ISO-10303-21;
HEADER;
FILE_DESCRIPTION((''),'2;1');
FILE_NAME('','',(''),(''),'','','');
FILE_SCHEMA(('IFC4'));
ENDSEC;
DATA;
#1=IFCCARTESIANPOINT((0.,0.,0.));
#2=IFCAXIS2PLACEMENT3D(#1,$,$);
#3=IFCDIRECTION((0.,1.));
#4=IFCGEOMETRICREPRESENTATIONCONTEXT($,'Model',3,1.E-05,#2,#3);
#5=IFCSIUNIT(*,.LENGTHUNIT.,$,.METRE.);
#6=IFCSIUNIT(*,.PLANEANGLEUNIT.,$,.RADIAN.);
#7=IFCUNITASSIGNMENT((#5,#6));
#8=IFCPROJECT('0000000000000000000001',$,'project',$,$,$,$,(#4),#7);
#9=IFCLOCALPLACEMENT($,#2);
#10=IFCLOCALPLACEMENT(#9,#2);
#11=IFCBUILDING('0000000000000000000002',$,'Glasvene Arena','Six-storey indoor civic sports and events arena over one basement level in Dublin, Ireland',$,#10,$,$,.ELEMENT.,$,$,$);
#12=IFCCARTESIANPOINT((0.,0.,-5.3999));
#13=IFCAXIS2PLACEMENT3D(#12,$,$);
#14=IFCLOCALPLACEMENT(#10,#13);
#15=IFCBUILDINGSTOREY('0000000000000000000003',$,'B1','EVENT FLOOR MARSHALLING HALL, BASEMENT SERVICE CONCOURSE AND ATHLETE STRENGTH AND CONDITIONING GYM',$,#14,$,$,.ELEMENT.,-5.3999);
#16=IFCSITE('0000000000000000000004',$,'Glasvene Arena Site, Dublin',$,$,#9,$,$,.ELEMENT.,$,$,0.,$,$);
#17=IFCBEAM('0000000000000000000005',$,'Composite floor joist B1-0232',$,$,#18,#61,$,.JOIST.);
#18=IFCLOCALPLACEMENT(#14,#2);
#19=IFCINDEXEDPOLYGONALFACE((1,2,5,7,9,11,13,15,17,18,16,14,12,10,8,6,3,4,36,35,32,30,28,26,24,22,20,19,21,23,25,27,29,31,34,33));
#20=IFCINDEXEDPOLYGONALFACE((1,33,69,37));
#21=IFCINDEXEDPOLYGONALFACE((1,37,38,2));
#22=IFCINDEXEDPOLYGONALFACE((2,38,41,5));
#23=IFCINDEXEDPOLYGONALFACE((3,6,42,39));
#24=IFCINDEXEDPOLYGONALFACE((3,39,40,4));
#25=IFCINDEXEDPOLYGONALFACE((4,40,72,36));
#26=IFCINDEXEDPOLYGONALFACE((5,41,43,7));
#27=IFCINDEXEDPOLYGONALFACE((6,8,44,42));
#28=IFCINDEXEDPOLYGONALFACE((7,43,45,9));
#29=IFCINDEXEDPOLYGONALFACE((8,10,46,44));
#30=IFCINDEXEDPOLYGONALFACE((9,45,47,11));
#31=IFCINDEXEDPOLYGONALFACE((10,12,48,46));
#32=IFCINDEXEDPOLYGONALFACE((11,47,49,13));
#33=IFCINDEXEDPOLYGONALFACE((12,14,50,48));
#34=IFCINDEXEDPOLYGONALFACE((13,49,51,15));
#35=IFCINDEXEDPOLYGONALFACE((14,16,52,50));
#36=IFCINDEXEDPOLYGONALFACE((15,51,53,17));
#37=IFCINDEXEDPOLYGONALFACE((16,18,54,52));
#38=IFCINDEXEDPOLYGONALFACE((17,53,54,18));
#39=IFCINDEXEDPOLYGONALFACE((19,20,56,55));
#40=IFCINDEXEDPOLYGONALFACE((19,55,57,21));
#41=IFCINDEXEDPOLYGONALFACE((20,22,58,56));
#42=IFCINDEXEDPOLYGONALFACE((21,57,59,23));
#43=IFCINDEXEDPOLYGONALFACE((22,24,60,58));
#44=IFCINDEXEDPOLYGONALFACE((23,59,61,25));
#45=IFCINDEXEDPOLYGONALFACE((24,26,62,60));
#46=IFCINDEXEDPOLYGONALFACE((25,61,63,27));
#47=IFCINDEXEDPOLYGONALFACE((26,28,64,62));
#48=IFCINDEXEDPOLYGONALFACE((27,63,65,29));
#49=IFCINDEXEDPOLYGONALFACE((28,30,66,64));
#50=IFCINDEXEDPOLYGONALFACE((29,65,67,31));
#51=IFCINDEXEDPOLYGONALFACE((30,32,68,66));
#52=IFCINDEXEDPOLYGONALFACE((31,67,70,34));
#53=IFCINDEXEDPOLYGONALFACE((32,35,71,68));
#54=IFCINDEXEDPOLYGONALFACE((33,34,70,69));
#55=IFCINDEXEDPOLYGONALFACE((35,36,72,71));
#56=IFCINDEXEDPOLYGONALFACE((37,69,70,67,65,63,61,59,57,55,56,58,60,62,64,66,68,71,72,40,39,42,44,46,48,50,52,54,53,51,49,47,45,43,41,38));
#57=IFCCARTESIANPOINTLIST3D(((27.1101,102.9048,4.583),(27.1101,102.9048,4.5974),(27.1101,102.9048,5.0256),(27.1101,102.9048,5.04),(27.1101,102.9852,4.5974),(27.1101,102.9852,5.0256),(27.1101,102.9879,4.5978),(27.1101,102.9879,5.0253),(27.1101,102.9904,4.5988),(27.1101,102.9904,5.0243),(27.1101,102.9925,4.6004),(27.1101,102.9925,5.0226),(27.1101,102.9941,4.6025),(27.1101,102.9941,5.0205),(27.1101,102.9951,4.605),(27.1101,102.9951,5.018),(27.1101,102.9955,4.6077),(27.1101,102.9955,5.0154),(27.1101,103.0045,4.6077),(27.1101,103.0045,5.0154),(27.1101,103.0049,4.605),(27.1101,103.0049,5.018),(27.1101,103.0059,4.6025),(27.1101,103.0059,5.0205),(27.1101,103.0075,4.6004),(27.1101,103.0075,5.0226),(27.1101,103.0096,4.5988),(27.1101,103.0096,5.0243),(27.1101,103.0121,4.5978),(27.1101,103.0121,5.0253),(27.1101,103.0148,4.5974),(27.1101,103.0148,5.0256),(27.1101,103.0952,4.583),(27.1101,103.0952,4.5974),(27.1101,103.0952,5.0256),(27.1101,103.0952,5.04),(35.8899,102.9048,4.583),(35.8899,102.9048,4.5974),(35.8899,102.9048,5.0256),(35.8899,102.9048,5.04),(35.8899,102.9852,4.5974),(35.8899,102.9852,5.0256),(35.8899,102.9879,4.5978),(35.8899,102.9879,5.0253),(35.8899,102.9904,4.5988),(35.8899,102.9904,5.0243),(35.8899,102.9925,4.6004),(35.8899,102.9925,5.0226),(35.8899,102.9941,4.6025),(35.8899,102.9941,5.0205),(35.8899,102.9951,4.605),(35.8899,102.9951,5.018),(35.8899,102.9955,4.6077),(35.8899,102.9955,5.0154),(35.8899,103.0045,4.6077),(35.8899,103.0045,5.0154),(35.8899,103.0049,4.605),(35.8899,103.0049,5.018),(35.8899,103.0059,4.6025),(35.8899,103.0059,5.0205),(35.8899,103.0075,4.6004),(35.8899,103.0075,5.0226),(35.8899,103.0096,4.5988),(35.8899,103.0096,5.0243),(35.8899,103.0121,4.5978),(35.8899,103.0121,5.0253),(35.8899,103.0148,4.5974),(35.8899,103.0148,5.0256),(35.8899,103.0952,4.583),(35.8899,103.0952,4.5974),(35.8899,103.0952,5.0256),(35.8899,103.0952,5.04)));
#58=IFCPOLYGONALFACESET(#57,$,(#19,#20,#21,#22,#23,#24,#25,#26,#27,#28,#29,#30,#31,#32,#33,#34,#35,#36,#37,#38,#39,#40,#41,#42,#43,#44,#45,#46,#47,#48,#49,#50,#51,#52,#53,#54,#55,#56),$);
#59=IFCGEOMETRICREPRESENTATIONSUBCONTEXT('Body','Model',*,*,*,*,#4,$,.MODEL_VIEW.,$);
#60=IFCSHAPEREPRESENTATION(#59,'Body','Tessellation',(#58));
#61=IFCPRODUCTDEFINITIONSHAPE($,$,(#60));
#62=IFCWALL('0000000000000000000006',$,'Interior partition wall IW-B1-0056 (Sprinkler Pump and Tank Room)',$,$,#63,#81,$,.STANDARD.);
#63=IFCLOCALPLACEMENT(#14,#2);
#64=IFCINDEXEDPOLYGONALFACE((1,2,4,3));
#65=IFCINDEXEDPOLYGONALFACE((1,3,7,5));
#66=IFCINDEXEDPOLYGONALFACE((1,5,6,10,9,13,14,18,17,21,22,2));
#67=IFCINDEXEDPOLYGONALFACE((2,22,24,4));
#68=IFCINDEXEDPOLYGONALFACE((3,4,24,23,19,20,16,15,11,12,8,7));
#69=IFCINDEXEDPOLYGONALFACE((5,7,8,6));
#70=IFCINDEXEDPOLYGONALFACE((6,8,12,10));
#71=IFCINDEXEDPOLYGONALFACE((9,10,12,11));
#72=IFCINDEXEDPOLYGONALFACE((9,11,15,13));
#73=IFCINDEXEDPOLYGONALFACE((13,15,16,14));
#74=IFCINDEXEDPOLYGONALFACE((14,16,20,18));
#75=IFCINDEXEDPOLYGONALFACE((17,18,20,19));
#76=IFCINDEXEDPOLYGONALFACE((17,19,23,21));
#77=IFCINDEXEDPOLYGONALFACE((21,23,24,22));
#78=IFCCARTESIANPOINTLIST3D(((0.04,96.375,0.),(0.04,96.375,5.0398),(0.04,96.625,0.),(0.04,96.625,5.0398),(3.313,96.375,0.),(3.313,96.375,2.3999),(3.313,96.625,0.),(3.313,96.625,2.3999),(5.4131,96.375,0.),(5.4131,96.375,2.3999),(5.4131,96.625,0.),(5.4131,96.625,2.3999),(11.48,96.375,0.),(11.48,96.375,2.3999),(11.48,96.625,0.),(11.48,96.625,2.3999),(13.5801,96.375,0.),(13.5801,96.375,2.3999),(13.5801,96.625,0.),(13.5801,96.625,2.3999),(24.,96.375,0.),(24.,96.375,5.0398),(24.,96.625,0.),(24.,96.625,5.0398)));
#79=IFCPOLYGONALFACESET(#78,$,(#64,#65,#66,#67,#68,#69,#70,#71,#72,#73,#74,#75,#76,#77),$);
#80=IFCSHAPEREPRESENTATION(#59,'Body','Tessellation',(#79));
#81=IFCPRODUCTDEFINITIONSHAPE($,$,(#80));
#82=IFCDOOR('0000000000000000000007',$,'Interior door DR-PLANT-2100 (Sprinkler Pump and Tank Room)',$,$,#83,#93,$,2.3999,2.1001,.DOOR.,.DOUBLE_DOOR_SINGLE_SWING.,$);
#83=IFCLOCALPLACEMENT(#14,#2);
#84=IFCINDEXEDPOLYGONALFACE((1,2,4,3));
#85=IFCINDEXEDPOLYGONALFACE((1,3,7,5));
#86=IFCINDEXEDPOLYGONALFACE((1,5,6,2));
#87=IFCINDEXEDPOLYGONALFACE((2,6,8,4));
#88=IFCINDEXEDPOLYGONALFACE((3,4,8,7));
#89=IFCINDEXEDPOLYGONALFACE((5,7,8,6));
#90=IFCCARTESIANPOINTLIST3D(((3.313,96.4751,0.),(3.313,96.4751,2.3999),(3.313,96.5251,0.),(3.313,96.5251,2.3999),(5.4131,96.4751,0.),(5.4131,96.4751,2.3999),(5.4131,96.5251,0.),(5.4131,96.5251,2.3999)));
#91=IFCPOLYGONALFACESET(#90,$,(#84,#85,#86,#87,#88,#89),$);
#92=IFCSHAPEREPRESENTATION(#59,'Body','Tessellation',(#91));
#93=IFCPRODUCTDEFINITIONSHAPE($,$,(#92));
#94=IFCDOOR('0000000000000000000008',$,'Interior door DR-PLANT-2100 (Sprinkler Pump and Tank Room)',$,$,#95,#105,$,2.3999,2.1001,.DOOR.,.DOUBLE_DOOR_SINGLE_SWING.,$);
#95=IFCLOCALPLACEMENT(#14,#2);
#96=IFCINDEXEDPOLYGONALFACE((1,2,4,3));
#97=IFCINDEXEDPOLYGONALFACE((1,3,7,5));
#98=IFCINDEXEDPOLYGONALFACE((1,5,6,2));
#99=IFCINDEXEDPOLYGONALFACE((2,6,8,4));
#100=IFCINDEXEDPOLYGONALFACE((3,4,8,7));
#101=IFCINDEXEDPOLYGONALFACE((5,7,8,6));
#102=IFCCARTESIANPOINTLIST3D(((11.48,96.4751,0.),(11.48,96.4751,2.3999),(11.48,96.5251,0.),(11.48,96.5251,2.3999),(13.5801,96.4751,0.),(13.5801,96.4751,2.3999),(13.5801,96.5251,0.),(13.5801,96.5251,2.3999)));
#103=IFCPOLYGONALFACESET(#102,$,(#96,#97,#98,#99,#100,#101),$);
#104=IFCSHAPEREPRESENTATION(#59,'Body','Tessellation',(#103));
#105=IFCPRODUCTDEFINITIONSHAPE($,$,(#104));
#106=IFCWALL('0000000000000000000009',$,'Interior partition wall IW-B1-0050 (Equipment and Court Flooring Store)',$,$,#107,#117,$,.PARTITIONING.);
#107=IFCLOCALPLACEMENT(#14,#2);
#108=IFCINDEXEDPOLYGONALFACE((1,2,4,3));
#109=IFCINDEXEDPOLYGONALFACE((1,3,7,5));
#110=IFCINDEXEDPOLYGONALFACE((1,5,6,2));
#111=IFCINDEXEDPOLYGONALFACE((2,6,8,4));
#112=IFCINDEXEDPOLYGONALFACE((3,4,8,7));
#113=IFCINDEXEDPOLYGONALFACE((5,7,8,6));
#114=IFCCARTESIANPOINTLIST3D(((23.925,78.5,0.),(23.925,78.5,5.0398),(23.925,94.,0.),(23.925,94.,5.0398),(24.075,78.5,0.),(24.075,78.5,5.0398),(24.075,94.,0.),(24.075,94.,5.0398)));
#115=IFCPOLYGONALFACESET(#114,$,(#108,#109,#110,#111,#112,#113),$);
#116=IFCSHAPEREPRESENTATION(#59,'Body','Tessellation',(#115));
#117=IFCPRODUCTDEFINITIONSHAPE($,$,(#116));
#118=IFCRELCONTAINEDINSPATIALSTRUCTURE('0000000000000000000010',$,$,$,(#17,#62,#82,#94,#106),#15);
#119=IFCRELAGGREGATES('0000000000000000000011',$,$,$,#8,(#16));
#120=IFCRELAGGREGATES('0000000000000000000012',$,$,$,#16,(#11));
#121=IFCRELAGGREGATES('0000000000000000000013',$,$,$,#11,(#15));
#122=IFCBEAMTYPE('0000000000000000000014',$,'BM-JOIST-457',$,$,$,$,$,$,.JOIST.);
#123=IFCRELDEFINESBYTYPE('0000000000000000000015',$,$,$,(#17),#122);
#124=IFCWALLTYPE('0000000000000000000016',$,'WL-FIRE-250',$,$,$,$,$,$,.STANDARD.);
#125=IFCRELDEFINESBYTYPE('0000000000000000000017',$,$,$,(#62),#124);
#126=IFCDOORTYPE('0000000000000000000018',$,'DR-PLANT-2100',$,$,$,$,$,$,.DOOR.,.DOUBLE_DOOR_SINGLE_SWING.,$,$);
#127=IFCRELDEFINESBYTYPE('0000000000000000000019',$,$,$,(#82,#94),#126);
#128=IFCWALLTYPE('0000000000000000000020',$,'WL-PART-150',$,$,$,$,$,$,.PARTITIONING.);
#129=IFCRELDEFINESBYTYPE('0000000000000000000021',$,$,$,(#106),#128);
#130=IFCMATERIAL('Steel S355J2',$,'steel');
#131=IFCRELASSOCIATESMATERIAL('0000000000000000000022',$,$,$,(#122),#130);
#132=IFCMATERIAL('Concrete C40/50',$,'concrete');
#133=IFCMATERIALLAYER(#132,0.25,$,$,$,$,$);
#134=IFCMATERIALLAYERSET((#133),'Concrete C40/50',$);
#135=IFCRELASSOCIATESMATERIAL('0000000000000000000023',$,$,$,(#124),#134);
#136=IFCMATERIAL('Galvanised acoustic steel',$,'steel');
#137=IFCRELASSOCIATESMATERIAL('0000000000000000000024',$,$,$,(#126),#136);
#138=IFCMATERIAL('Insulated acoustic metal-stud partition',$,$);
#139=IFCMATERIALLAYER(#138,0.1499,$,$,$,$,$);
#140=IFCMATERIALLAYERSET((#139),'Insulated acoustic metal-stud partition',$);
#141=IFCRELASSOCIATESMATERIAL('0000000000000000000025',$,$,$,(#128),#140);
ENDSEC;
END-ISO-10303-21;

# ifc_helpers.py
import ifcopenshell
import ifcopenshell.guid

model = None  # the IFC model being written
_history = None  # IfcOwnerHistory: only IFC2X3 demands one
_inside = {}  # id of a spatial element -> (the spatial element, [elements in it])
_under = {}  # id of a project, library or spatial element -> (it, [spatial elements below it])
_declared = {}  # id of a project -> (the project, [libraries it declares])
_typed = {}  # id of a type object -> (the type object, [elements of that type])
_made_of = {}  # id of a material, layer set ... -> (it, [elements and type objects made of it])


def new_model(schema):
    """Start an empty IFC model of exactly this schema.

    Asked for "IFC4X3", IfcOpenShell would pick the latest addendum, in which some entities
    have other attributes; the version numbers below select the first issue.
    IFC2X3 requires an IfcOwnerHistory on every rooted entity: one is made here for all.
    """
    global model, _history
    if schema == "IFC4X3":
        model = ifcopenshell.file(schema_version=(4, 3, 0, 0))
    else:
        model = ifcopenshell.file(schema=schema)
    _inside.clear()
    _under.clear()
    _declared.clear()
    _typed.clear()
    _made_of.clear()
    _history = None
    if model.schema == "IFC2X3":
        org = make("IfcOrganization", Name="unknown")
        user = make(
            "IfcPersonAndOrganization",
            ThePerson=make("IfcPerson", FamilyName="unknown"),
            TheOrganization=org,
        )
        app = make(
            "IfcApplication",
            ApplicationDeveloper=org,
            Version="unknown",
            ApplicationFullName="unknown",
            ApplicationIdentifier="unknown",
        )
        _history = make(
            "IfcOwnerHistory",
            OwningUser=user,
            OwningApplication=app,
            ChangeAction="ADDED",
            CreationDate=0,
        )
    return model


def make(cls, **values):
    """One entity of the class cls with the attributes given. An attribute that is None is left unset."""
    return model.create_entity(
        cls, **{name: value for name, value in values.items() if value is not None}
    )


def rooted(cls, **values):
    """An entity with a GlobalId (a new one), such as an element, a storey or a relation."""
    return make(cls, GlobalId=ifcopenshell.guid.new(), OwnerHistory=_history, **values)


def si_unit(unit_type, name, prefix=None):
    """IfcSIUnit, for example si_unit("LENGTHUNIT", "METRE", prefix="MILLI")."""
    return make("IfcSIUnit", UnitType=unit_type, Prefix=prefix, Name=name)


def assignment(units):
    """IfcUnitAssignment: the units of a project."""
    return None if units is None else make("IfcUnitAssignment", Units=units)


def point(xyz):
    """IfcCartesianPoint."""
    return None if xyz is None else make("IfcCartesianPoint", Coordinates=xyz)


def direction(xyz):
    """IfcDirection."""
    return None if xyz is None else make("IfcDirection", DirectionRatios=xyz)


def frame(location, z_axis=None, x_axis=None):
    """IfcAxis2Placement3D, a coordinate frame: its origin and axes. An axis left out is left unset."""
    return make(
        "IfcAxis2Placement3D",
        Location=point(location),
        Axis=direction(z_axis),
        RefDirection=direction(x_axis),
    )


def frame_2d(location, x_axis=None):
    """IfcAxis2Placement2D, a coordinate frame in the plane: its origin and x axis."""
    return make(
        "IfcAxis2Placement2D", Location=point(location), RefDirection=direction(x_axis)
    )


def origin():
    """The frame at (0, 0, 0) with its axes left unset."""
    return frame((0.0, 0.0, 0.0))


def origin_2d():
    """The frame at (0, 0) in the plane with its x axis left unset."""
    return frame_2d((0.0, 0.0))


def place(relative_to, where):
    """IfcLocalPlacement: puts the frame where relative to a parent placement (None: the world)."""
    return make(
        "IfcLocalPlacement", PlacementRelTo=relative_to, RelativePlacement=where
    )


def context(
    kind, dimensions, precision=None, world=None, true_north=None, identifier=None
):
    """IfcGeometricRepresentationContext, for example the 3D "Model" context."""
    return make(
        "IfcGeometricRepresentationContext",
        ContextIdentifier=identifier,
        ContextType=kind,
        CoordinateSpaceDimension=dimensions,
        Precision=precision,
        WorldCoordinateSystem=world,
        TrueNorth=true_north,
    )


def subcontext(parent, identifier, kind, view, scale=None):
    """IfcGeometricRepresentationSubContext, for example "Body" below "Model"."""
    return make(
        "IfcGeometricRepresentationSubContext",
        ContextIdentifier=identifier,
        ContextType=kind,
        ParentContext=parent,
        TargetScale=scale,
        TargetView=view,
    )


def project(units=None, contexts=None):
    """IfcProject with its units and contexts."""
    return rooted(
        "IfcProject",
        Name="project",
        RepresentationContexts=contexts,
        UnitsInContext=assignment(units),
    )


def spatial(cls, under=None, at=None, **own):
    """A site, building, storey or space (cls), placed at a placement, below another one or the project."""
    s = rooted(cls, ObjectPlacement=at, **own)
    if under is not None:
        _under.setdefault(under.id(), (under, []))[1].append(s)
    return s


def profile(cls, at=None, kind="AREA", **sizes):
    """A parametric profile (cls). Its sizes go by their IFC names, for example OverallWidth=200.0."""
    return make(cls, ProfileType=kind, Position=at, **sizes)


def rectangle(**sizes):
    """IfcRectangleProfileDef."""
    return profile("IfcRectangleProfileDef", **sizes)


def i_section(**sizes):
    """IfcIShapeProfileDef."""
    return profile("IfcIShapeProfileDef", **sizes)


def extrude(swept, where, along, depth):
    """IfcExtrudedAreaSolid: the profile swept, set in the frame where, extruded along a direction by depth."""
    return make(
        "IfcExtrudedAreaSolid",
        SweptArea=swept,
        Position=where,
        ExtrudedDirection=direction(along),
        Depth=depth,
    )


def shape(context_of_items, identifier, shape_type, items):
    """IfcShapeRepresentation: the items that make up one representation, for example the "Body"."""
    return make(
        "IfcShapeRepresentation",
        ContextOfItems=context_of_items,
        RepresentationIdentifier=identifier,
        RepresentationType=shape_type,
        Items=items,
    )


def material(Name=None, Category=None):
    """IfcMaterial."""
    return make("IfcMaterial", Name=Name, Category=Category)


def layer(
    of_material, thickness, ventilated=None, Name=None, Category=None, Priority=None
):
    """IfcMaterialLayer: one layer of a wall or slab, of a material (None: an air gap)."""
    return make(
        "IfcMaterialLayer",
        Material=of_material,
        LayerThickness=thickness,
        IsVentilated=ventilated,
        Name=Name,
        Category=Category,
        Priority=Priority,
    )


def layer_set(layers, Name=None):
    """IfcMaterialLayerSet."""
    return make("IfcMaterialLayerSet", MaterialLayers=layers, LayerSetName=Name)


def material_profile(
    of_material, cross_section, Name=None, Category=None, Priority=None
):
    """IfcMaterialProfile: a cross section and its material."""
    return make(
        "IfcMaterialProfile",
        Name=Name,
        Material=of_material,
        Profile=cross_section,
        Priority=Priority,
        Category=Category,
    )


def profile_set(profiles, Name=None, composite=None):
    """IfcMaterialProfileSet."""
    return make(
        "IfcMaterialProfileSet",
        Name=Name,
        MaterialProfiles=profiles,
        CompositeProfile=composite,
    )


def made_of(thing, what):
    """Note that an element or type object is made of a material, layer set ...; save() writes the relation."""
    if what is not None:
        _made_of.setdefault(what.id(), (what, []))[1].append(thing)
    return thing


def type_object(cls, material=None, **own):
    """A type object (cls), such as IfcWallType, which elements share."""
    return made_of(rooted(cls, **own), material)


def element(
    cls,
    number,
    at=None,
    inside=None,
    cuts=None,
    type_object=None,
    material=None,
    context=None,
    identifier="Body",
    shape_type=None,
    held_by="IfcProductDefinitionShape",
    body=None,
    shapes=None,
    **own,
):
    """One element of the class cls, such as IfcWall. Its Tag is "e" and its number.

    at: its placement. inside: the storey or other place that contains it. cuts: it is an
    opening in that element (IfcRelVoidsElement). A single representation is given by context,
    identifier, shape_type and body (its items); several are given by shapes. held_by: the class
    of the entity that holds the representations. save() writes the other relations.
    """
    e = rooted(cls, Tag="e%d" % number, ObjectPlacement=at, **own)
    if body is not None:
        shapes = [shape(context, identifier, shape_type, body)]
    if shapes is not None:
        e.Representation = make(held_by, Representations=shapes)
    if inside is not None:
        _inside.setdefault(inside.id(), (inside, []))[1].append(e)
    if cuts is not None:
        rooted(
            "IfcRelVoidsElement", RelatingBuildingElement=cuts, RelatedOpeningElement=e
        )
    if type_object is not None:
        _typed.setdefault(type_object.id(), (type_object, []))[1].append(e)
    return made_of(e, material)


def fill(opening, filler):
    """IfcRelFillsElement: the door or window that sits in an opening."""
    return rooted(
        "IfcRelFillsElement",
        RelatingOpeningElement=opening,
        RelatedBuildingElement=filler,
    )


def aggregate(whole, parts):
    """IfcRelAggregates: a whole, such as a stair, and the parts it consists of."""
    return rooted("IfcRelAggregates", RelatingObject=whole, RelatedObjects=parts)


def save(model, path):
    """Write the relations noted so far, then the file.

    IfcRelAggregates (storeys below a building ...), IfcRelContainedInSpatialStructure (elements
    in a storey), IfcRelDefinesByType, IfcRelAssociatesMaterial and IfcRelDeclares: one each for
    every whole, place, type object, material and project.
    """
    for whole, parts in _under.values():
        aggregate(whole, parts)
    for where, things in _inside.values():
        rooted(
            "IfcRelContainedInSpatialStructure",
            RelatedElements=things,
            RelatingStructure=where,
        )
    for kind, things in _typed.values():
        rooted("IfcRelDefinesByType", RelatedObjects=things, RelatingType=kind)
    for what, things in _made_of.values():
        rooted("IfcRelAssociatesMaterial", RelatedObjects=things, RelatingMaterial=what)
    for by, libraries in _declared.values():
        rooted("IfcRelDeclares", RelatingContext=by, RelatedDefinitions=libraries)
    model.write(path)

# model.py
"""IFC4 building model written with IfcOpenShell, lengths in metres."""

from ifc_helpers import new_model, si_unit, direction, frame, frame_2d, origin, origin_2d, place, context, subcontext, project, spatial, rectangle, i_section, extrude, material, layer, layer_set, material_profile, profile_set, type_object, element, fill, save


model = new_model("IFC4")

# Units and contexts
model_context = context("Model", 3, precision=1e-05, world=origin(), true_north=direction((0.0, 1.0)))
body_context = subcontext(model_context, "Body", "Model", "MODEL_VIEW")
ifc_project = project(units=[si_unit("LENGTHUNIT", "METRE"), si_unit("PLANEANGLEUNIT", "RADIAN")], contexts=[model_context])

# Site, building, storey
site_placement = place(None, origin())
site = spatial("IfcSite", under=ifc_project, at=site_placement, Name="Glasvene Arena Site, Dublin", CompositionType="ELEMENT", RefElevation=0.0)
building_placement = place(site_placement, origin())
building = spatial("IfcBuilding", under=site, at=building_placement, Name="Glasvene Arena", Description="Six-storey indoor civic sports and events arena over one basement level in Dublin, Ireland", CompositionType="ELEMENT")
storey_placement = place(building_placement, frame((0.0, 0.0, -5.3999)))
storey = spatial("IfcBuildingStorey", under=building, at=storey_placement, Name="B1", Description="EVENT FLOOR MARSHALLING HALL, BASEMENT SERVICE CONCOURSE AND ATHLETE STRENGTH AND CONDITIONING GYM", CompositionType="ELEMENT", Elevation=-5.3999)

# Shared definitions
ifc_material_1 = material(Name="Concrete C40/50", Category="concrete")

# Beam
ifc_material_2 = material(Name="Steel S355J2", Category="steel")
ifc_material_profile_1 = material_profile(ifc_material_2, i_section(OverallWidth=0.1904, OverallDepth=0.457, WebThickness=0.009, FlangeThickness=0.0144, FilletRadius=0.0103, at=origin_2d()), Name="UKB 457x191x74")
ifc_profile_set_1 = profile_set([ifc_material_profile_1], Name="Steel S355J2")
beam_type_1 = type_object("IfcBeamType", Name="BM-JOIST-457", PredefinedType="JOIST", material=ifc_profile_set_1)
for number, where, z_axis, x_axis, name in (
    (1, (27.1101, 103.0, 4.8115), (1.0, 0.0, 0.0), (0.0, 1.0, 0.0), "Composite floor joist B1-0232"),
):
    element("IfcBeam", number, at=place(storey_placement, frame(where, z_axis=z_axis, x_axis=x_axis)), inside=storey, type_object=beam_type_1, Name=name, PredefinedType="JOIST", context=body_context, shape_type="SweptSolid", body=[
        extrude(i_section(OverallWidth=0.1904, OverallDepth=0.457, WebThickness=0.009, FlangeThickness=0.0144, FilletRadius=0.0103, at=origin_2d()), origin(), (0.0, 0.0, 1.0), 8.7798),
    ])

# Wall, openings, doors
ifc_layer_1 = layer(ifc_material_1, 0.25)
ifc_layer_set_1 = layer_set([ifc_layer_1], Name="Concrete C40/50")
wall_type_1 = type_object("IfcWallType", Name="WL-FIRE-250", PredefinedType="STANDARD", material=ifc_layer_set_1)
wall_1_placement = place(storey_placement, frame((24.0, 96.5, 0.0), z_axis=(0.0, 0.0, 1.0), x_axis=(-1.0, 0.0, 0.0)))
wall_1 = element("IfcWall", 2, at=wall_1_placement, inside=storey, type_object=wall_type_1, Name="Interior partition wall IW-B1-0056 (Sprinkler Pump and Tank Room)", PredefinedType="STANDARD", context=body_context, shape_type="SweptSolid", body=[
    extrude(rectangle(XDim=23.96, YDim=0.25, at=frame_2d((11.98, 0.0))), origin(), (0.0, 0.0, 1.0), 5.0398),
])
opening_1_placement = place(wall_1_placement, frame((18.5869, 0.0, 0.0)))
opening_1 = element("IfcOpeningElement", 3, at=opening_1_placement, cuts=wall_1, PredefinedType="OPENING", context=body_context, shape_type="SweptSolid", body=[
    extrude(rectangle(XDim=2.1001, YDim=2.3999, at=frame_2d((1.05, 1.2))), frame((0.0, 0.135, 0.0), z_axis=(0.0, -1.0, 0.0), x_axis=(1.0, 0.0, 0.0)), (0.0, 0.0, 1.0), 0.27),
])
opening_2_placement = place(wall_1_placement, frame((10.4199, 0.0, 0.0)))
opening_2 = element("IfcOpeningElement", 4, at=opening_2_placement, cuts=wall_1, PredefinedType="OPENING", context=body_context, shape_type="SweptSolid", body=[
    extrude(rectangle(XDim=2.1001, YDim=2.3999, at=frame_2d((1.05, 1.2))), frame((0.0, 0.135, 0.0), z_axis=(0.0, -1.0, 0.0), x_axis=(1.0, 0.0, 0.0)), (0.0, 0.0, 1.0), 0.27),
])
ifc_material_3 = material(Name="Galvanised acoustic steel", Category="steel")
door_type = type_object("IfcDoorType", Name="DR-PLANT-2100", OperationType="DOUBLE_DOOR_SINGLE_SWING", PredefinedType="DOOR", material=ifc_material_3)
door_1_placement = place(opening_1_placement, origin())
door_1 = element("IfcDoor", 5, at=door_1_placement, inside=storey, type_object=door_type, Name="Interior door DR-PLANT-2100 (Sprinkler Pump and Tank Room)", OperationType="DOUBLE_DOOR_SINGLE_SWING", OverallHeight=2.3999, OverallWidth=2.1001, PredefinedType="DOOR", context=body_context, shape_type="SweptSolid", body=[
    extrude(rectangle(XDim=2.1001, YDim=2.3999, at=frame_2d((1.05, 1.2))), frame((0.0, 0.0249, 0.0), z_axis=(0.0, -1.0, 0.0), x_axis=(1.0, 0.0, 0.0)), (0.0, 0.0, 1.0), 0.05),
])
fill(opening_1, door_1)
door_2_placement = place(opening_2_placement, origin())
door_2 = element("IfcDoor", 6, at=door_2_placement, inside=storey, type_object=door_type, Name="Interior door DR-PLANT-2100 (Sprinkler Pump and Tank Room)", OperationType="DOUBLE_DOOR_SINGLE_SWING", OverallHeight=2.3999, OverallWidth=2.1001, PredefinedType="DOOR", context=body_context, shape_type="SweptSolid", body=[
    extrude(rectangle(XDim=2.1001, YDim=2.3999, at=frame_2d((1.05, 1.2))), frame((0.0, 0.0249, 0.0), z_axis=(0.0, -1.0, 0.0), x_axis=(1.0, 0.0, 0.0)), (0.0, 0.0, 1.0), 0.05),
])
fill(opening_2, door_2)

# Wall
ifc_material_4 = material(Name="Insulated acoustic metal-stud partition")
ifc_layer_2 = layer(ifc_material_4, 0.1499)
ifc_layer_set_2 = layer_set([ifc_layer_2], Name="Insulated acoustic metal-stud partition")
wall_type_2 = type_object("IfcWallType", Name="WL-PART-150", PredefinedType="PARTITIONING", material=ifc_layer_set_2)
wall_2_placement = place(storey_placement, frame((24.0, 94.0, 0.0), z_axis=(0.0, 0.0, 1.0), x_axis=(0.0, -1.0, 0.0)))
element("IfcWall", 7, at=wall_2_placement, inside=storey, type_object=wall_type_2, Name="Interior partition wall IW-B1-0050 (Equipment and Court Flooring Store)", PredefinedType="PARTITIONING", context=body_context, shape_type="SweptSolid", body=[
    extrude(rectangle(XDim=15.5, YDim=0.1499, at=frame_2d((7.75, 0.0))), origin(), (0.0, 0.0, 1.0), 5.0398),
])

save(model, "model.ifc")
